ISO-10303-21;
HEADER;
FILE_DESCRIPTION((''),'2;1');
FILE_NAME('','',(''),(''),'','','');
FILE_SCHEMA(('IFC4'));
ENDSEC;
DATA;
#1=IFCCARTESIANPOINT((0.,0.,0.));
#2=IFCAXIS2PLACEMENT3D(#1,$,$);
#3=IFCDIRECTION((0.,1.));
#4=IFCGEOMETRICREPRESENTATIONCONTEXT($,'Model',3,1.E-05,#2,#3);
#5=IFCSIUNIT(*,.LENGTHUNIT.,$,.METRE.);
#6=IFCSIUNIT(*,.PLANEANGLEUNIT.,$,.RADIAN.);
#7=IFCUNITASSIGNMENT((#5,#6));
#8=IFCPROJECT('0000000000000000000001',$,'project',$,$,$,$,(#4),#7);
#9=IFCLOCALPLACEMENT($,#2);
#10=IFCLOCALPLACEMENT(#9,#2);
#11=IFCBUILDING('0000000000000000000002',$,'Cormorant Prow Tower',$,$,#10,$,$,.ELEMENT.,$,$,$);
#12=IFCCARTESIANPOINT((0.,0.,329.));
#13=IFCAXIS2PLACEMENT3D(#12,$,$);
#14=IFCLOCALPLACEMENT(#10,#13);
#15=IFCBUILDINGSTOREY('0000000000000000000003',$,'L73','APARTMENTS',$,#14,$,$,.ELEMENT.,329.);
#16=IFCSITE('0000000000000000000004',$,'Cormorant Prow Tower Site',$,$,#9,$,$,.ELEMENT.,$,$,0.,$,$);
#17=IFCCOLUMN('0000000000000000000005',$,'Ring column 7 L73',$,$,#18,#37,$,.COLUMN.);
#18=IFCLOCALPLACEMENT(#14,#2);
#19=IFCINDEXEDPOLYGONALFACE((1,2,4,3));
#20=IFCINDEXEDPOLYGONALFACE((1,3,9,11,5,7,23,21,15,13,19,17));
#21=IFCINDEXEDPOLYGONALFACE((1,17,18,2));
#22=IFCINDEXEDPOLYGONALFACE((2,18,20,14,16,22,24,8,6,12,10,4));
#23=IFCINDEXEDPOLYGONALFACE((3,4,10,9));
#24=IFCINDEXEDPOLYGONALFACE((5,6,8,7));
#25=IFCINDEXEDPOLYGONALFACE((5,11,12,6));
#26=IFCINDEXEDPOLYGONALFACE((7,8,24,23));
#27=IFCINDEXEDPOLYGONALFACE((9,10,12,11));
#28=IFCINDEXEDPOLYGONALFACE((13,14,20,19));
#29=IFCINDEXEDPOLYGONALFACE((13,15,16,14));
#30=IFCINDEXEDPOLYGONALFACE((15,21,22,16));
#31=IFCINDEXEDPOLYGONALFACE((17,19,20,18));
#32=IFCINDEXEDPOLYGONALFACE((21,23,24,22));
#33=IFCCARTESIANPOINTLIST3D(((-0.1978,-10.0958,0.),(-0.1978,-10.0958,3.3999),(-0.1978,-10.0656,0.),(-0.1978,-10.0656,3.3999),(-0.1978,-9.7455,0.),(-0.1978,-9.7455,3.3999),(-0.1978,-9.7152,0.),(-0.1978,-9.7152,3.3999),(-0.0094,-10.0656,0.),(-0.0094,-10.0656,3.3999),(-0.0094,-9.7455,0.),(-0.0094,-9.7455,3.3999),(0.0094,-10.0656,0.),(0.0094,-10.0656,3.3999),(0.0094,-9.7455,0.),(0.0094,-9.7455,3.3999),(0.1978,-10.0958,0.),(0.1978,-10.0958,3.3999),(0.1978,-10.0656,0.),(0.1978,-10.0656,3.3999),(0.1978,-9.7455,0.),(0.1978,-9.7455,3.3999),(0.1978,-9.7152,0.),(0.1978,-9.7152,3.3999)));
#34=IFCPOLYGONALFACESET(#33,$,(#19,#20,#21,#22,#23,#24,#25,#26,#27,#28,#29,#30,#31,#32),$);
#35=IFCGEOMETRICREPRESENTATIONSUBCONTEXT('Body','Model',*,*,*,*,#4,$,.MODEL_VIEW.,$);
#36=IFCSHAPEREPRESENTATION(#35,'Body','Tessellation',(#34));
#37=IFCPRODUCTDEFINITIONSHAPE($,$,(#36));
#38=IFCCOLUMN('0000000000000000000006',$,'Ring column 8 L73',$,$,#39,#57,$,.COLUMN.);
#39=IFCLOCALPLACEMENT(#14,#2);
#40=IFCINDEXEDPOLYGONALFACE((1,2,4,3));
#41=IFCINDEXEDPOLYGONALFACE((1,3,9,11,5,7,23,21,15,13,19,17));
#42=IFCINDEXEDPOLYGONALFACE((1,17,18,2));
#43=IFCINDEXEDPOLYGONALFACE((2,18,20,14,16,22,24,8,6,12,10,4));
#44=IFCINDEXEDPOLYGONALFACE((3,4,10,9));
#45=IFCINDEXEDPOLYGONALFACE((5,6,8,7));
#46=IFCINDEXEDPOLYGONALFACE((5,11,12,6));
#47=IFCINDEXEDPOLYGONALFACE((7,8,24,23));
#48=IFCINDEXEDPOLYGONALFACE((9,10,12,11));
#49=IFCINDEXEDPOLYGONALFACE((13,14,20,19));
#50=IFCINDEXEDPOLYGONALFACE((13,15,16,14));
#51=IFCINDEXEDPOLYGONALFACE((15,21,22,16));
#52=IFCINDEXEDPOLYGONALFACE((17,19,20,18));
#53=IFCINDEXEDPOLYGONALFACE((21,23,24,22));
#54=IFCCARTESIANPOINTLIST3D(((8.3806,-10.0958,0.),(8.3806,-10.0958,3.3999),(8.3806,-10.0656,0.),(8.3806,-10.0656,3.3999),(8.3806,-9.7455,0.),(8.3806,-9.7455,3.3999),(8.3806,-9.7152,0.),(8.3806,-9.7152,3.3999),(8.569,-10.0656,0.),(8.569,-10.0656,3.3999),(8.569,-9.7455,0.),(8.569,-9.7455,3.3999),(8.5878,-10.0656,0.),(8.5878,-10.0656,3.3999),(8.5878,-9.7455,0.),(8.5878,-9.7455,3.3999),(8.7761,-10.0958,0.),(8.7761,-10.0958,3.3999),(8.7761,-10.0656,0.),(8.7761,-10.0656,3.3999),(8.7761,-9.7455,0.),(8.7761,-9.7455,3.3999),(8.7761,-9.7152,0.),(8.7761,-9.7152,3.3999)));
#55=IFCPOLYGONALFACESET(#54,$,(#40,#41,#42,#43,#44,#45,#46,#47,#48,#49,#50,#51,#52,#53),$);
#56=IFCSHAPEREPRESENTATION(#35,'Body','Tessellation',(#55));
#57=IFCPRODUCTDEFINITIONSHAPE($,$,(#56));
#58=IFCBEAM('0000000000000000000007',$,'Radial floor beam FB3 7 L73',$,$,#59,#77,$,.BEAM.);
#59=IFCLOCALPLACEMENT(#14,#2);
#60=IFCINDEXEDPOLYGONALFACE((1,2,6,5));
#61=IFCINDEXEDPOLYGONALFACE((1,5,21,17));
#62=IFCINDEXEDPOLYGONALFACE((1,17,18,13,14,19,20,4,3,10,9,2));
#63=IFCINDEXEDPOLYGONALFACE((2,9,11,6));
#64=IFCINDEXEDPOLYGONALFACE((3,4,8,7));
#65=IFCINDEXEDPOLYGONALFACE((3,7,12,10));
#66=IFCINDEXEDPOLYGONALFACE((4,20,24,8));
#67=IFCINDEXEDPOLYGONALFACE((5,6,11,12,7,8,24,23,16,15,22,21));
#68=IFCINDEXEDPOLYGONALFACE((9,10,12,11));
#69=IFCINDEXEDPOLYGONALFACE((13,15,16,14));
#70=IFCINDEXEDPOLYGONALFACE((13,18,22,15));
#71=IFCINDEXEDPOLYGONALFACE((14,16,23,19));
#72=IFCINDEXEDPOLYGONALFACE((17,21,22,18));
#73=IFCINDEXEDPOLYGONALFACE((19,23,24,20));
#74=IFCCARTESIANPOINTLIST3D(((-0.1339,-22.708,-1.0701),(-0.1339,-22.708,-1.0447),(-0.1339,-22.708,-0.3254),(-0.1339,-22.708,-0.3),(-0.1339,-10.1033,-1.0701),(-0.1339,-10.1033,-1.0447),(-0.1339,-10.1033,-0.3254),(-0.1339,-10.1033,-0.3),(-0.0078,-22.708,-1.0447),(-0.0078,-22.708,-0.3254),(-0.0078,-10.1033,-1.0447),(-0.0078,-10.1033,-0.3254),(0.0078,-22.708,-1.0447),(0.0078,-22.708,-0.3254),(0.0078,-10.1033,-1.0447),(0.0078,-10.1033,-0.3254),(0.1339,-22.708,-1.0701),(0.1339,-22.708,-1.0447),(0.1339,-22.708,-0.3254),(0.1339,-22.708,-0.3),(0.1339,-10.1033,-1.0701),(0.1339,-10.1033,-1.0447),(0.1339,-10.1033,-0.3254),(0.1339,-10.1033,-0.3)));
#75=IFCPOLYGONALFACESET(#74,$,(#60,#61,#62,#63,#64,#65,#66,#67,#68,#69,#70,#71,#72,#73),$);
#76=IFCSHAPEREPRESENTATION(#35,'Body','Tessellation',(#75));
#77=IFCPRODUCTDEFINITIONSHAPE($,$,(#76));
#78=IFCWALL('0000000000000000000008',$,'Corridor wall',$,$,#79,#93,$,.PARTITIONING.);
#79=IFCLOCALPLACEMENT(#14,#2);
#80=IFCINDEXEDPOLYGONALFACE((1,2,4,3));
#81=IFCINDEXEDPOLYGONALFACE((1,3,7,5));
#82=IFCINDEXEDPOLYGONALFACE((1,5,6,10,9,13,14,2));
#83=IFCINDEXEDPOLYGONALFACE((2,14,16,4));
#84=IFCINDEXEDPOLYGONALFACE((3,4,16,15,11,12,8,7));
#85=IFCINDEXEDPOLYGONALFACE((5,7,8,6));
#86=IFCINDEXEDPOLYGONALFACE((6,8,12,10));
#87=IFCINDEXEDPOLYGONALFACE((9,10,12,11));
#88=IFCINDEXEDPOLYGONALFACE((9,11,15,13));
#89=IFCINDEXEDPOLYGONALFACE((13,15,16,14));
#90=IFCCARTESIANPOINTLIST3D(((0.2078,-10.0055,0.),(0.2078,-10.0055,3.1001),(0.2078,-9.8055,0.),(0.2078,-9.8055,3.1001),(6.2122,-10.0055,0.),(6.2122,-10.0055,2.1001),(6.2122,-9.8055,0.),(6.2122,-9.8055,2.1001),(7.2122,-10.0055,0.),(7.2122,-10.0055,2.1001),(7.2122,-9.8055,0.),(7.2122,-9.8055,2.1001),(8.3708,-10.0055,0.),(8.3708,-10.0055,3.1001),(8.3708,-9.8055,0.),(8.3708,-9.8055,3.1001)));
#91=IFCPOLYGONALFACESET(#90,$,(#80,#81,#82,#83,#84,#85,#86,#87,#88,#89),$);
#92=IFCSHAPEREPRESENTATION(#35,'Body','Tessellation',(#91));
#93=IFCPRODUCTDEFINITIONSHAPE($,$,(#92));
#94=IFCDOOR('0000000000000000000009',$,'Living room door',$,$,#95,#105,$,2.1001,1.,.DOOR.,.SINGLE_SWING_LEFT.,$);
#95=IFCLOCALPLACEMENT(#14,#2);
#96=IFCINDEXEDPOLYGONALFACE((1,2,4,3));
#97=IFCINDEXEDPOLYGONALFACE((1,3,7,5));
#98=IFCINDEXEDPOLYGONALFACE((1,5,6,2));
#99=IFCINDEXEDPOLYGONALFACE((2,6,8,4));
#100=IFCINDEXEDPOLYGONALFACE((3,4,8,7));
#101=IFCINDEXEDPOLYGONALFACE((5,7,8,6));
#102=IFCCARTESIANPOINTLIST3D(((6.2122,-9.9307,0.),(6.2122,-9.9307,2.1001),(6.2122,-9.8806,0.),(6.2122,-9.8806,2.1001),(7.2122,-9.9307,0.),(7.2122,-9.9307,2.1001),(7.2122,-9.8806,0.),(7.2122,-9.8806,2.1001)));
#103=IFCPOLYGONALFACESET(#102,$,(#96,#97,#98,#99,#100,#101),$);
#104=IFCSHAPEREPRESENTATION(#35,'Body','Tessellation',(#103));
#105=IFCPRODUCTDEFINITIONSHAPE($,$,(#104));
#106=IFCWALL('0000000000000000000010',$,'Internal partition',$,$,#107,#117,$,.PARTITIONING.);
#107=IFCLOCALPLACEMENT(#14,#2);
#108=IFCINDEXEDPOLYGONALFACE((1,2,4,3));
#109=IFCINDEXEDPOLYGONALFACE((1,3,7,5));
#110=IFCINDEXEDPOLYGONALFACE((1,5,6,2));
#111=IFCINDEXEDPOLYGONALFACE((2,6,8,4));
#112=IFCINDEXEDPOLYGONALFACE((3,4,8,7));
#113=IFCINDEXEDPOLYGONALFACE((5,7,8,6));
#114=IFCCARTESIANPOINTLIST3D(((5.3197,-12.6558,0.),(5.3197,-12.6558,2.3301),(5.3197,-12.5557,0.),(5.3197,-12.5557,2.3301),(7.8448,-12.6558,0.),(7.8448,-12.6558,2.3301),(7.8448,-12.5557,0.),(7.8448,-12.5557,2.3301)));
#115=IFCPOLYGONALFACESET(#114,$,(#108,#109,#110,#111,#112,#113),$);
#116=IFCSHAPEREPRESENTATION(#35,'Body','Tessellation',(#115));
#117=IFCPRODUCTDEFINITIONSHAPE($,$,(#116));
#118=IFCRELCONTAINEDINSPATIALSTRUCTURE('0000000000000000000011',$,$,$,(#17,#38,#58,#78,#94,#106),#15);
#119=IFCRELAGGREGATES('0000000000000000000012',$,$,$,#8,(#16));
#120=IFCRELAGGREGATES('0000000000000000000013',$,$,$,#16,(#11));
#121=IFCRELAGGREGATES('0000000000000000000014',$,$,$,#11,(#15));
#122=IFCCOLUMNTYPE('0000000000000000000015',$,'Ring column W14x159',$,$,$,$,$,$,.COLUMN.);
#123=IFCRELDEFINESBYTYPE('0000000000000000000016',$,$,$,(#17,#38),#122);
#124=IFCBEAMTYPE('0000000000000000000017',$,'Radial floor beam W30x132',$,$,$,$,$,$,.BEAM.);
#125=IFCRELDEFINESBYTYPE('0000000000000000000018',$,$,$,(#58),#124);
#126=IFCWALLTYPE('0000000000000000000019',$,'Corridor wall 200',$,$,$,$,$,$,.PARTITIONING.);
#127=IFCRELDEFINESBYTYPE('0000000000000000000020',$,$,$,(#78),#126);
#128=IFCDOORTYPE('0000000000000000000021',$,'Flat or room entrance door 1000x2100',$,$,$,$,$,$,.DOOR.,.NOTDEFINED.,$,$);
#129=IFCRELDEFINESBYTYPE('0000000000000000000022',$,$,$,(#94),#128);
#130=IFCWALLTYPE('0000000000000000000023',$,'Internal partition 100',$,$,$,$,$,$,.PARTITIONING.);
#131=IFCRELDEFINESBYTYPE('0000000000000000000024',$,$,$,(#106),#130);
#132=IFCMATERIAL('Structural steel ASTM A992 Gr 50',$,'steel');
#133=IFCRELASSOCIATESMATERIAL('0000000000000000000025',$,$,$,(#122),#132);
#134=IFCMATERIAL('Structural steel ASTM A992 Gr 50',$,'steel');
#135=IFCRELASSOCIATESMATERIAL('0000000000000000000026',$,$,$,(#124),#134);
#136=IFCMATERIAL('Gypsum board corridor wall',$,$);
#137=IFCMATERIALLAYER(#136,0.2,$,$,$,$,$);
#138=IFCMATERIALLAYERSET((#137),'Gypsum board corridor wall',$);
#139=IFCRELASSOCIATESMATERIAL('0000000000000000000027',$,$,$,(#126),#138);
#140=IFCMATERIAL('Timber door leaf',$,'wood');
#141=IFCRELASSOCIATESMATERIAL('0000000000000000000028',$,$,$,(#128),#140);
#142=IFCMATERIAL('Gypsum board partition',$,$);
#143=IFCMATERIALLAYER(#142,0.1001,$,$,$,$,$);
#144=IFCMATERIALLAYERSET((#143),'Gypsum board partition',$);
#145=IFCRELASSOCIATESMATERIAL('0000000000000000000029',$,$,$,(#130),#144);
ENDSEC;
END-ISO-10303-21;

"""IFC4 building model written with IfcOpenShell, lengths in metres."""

from ifc_helpers import new_model, si_unit, direction, frame, frame_2d, origin, origin_2d, place, context, subcontext, project, spatial, rectangle, i_section, extrude, material, layer, layer_set, material_profile, profile_set, type_object, element, fill, save


model = new_model("IFC4")

# Units and contexts
model_context = context("Model", 3, precision=1e-05, world=origin(), true_north=direction((0.0, 1.0)))
body_context = subcontext(model_context, "Body", "Model", "MODEL_VIEW")
ifc_project = project(units=[si_unit("LENGTHUNIT", "METRE"), si_unit("PLANEANGLEUNIT", "RADIAN")], contexts=[model_context])

# Site, building, storey
site_placement = place(None, origin())
site = spatial("IfcSite", under=ifc_project, at=site_placement, Name="Cormorant Prow Tower Site", CompositionType="ELEMENT", RefElevation=0.0)
building_placement = place(site_placement, origin())
building = spatial("IfcBuilding", under=site, at=building_placement, Name="Cormorant Prow Tower", CompositionType="ELEMENT")
storey_placement = place(building_placement, frame((0.0, 0.0, 329.0)))
storey = spatial("IfcBuildingStorey", under=building, at=storey_placement, Name="L73", Description="APARTMENTS", CompositionType="ELEMENT", Elevation=329.0)

# Columns
ifc_material_1 = material(Name="Structural steel ASTM A992 Gr 50", Category="steel")
ifc_material_profile_1 = material_profile(ifc_material_1, i_section(OverallWidth=0.3955, OverallDepth=0.3806, WebThickness=0.0188, FlangeThickness=0.0303, at=origin_2d()), Name="W14x159")
ifc_profile_set_1 = profile_set([ifc_material_profile_1], Name="Structural steel ASTM A992 Gr 50")
column_type = type_object("IfcColumnType", Name="Ring column W14x159", PredefinedType="COLUMN", material=ifc_profile_set_1)
for number, where, z_axis, x_axis, name in (
    (1, (0.0, -9.9055, 0.0), (0.0, 0.0, 1.0), (1.0, 0.0, 0.0), "Ring column 7 L73"),
    (2, (8.5784, -9.9055, 0.0), (0.0, 0.0, 1.0), (1.0, 0.0, 0.0), "Ring column 8 L73"),
):
    element("IfcColumn", number, at=place(storey_placement, frame(where, z_axis=z_axis, x_axis=x_axis)), inside=storey, type_object=column_type, Name=name, PredefinedType="COLUMN", context=body_context, shape_type="SweptSolid", body=[
        extrude(i_section(OverallWidth=0.3955, OverallDepth=0.3806, WebThickness=0.0188, FlangeThickness=0.0303, at=origin_2d()), origin(), (0.0, 0.0, 1.0), 3.3999),
    ])

# Beam
ifc_material_2 = material(Name="Structural steel ASTM A992 Gr 50", Category="steel")
ifc_material_profile_2 = material_profile(ifc_material_2, i_section(OverallWidth=0.2678, OverallDepth=0.77, WebThickness=0.0156, FlangeThickness=0.0254, at=origin_2d()), Name="W30x132")
ifc_profile_set_2 = profile_set([ifc_material_profile_2], Name="Structural steel ASTM A992 Gr 50")
beam_type = type_object("IfcBeamType", Name="Radial floor beam W30x132", PredefinedType="BEAM", material=ifc_profile_set_2)
beam_placement = place(storey_placement, frame((0.0, -10.1033, -0.6851), z_axis=(0.0, -1.0, 0.0), x_axis=(1.0, 0.0, 0.0)))
element("IfcBeam", 3, at=beam_placement, inside=storey, type_object=beam_type, Name="Radial floor beam FB3 7 L73", PredefinedType="BEAM", context=body_context, shape_type="SweptSolid", body=[
    extrude(i_section(OverallWidth=0.2678, OverallDepth=0.77, WebThickness=0.0156, FlangeThickness=0.0254, at=origin_2d()), origin(), (0.0, 0.0, 1.0), 12.6047),
])

# Wall, opening, door
ifc_material_3 = material(Name="Gypsum board corridor wall")
ifc_layer_1 = layer(ifc_material_3, 0.2)
ifc_layer_set_1 = layer_set([ifc_layer_1], Name="Gypsum board corridor wall")
wall_type_1 = type_object("IfcWallType", Name="Corridor wall 200", PredefinedType="PARTITIONING", material=ifc_layer_set_1)
wall_1_placement = place(storey_placement, frame((0.2078, -9.9055, 0.0), z_axis=(0.0, 0.0, 1.0), x_axis=(1.0, 0.0, 0.0)))
wall_1 = element("IfcWall", 4, at=wall_1_placement, inside=storey, type_object=wall_type_1, Name="Corridor wall", PredefinedType="PARTITIONING", context=body_context, shape_type="SweptSolid", body=[
    extrude(rectangle(XDim=8.1631, YDim=0.2, at=frame_2d((4.0815, 0.0))), origin(), (0.0, 0.0, 1.0), 3.1001),
])
opening_1_placement = place(wall_1_placement, frame((6.0044, 0.0, 0.0)))
opening_1 = element("IfcOpeningElement", 5, at=opening_1_placement, cuts=wall_1, PredefinedType="OPENING", context=body_context, shape_type="SweptSolid", body=[
    extrude(rectangle(XDim=1.0, YDim=2.1001, at=frame_2d((0.5, 1.05))), frame((0.0, 0.1099, 0.0), z_axis=(0.0, -1.0, 0.0), x_axis=(1.0, 0.0, 0.0)), (0.0, 0.0, 1.0), 0.22),
])
ifc_material_4 = material(Name="Timber door leaf", Category="wood")
door_type_1 = type_object("IfcDoorType", Name="Flat or room entrance door 1000x2100", OperationType="NOTDEFINED", PredefinedType="DOOR", material=ifc_material_4)
door_1_placement = place(opening_1_placement, origin())
door_1 = element("IfcDoor", 6, at=door_1_placement, inside=storey, type_object=door_type_1, Name="Living room door", OperationType="SINGLE_SWING_LEFT", OverallHeight=2.1001, OverallWidth=1.0, PredefinedType="DOOR", context=body_context, shape_type="SweptSolid", body=[
    extrude(rectangle(XDim=1.0, YDim=2.1001, at=frame_2d((0.5, 1.05))), frame((0.0, 0.0249, 0.0), z_axis=(0.0, -1.0, 0.0), x_axis=(1.0, 0.0, 0.0)), (0.0, 0.0, 1.0), 0.05),
])
fill(opening_1, door_1)

# Wall
ifc_material_5 = material(Name="Gypsum board partition")
ifc_layer_2 = layer(ifc_material_5, 0.1001)
ifc_layer_set_2 = layer_set([ifc_layer_2], Name="Gypsum board partition")
wall_type_2 = type_object("IfcWallType", Name="Internal partition 100", PredefinedType="PARTITIONING", material=ifc_layer_set_2)
wall_2_placement = place(storey_placement, frame((5.3196, -12.6057, 0.0), z_axis=(0.0, 0.0, 1.0), x_axis=(1.0, 0.0, 0.0)))
element("IfcWall", 7, at=wall_2_placement, inside=storey, type_object=wall_type_2, Name="Internal partition", PredefinedType="PARTITIONING", context=body_context, shape_type="SweptSolid", body=[
    extrude(rectangle(XDim=2.5251, YDim=0.1001, at=frame_2d((1.2627, 0.0))), origin(), (0.0, 0.0, 1.0), 2.3301),
])

save(model, "model.ifc")
